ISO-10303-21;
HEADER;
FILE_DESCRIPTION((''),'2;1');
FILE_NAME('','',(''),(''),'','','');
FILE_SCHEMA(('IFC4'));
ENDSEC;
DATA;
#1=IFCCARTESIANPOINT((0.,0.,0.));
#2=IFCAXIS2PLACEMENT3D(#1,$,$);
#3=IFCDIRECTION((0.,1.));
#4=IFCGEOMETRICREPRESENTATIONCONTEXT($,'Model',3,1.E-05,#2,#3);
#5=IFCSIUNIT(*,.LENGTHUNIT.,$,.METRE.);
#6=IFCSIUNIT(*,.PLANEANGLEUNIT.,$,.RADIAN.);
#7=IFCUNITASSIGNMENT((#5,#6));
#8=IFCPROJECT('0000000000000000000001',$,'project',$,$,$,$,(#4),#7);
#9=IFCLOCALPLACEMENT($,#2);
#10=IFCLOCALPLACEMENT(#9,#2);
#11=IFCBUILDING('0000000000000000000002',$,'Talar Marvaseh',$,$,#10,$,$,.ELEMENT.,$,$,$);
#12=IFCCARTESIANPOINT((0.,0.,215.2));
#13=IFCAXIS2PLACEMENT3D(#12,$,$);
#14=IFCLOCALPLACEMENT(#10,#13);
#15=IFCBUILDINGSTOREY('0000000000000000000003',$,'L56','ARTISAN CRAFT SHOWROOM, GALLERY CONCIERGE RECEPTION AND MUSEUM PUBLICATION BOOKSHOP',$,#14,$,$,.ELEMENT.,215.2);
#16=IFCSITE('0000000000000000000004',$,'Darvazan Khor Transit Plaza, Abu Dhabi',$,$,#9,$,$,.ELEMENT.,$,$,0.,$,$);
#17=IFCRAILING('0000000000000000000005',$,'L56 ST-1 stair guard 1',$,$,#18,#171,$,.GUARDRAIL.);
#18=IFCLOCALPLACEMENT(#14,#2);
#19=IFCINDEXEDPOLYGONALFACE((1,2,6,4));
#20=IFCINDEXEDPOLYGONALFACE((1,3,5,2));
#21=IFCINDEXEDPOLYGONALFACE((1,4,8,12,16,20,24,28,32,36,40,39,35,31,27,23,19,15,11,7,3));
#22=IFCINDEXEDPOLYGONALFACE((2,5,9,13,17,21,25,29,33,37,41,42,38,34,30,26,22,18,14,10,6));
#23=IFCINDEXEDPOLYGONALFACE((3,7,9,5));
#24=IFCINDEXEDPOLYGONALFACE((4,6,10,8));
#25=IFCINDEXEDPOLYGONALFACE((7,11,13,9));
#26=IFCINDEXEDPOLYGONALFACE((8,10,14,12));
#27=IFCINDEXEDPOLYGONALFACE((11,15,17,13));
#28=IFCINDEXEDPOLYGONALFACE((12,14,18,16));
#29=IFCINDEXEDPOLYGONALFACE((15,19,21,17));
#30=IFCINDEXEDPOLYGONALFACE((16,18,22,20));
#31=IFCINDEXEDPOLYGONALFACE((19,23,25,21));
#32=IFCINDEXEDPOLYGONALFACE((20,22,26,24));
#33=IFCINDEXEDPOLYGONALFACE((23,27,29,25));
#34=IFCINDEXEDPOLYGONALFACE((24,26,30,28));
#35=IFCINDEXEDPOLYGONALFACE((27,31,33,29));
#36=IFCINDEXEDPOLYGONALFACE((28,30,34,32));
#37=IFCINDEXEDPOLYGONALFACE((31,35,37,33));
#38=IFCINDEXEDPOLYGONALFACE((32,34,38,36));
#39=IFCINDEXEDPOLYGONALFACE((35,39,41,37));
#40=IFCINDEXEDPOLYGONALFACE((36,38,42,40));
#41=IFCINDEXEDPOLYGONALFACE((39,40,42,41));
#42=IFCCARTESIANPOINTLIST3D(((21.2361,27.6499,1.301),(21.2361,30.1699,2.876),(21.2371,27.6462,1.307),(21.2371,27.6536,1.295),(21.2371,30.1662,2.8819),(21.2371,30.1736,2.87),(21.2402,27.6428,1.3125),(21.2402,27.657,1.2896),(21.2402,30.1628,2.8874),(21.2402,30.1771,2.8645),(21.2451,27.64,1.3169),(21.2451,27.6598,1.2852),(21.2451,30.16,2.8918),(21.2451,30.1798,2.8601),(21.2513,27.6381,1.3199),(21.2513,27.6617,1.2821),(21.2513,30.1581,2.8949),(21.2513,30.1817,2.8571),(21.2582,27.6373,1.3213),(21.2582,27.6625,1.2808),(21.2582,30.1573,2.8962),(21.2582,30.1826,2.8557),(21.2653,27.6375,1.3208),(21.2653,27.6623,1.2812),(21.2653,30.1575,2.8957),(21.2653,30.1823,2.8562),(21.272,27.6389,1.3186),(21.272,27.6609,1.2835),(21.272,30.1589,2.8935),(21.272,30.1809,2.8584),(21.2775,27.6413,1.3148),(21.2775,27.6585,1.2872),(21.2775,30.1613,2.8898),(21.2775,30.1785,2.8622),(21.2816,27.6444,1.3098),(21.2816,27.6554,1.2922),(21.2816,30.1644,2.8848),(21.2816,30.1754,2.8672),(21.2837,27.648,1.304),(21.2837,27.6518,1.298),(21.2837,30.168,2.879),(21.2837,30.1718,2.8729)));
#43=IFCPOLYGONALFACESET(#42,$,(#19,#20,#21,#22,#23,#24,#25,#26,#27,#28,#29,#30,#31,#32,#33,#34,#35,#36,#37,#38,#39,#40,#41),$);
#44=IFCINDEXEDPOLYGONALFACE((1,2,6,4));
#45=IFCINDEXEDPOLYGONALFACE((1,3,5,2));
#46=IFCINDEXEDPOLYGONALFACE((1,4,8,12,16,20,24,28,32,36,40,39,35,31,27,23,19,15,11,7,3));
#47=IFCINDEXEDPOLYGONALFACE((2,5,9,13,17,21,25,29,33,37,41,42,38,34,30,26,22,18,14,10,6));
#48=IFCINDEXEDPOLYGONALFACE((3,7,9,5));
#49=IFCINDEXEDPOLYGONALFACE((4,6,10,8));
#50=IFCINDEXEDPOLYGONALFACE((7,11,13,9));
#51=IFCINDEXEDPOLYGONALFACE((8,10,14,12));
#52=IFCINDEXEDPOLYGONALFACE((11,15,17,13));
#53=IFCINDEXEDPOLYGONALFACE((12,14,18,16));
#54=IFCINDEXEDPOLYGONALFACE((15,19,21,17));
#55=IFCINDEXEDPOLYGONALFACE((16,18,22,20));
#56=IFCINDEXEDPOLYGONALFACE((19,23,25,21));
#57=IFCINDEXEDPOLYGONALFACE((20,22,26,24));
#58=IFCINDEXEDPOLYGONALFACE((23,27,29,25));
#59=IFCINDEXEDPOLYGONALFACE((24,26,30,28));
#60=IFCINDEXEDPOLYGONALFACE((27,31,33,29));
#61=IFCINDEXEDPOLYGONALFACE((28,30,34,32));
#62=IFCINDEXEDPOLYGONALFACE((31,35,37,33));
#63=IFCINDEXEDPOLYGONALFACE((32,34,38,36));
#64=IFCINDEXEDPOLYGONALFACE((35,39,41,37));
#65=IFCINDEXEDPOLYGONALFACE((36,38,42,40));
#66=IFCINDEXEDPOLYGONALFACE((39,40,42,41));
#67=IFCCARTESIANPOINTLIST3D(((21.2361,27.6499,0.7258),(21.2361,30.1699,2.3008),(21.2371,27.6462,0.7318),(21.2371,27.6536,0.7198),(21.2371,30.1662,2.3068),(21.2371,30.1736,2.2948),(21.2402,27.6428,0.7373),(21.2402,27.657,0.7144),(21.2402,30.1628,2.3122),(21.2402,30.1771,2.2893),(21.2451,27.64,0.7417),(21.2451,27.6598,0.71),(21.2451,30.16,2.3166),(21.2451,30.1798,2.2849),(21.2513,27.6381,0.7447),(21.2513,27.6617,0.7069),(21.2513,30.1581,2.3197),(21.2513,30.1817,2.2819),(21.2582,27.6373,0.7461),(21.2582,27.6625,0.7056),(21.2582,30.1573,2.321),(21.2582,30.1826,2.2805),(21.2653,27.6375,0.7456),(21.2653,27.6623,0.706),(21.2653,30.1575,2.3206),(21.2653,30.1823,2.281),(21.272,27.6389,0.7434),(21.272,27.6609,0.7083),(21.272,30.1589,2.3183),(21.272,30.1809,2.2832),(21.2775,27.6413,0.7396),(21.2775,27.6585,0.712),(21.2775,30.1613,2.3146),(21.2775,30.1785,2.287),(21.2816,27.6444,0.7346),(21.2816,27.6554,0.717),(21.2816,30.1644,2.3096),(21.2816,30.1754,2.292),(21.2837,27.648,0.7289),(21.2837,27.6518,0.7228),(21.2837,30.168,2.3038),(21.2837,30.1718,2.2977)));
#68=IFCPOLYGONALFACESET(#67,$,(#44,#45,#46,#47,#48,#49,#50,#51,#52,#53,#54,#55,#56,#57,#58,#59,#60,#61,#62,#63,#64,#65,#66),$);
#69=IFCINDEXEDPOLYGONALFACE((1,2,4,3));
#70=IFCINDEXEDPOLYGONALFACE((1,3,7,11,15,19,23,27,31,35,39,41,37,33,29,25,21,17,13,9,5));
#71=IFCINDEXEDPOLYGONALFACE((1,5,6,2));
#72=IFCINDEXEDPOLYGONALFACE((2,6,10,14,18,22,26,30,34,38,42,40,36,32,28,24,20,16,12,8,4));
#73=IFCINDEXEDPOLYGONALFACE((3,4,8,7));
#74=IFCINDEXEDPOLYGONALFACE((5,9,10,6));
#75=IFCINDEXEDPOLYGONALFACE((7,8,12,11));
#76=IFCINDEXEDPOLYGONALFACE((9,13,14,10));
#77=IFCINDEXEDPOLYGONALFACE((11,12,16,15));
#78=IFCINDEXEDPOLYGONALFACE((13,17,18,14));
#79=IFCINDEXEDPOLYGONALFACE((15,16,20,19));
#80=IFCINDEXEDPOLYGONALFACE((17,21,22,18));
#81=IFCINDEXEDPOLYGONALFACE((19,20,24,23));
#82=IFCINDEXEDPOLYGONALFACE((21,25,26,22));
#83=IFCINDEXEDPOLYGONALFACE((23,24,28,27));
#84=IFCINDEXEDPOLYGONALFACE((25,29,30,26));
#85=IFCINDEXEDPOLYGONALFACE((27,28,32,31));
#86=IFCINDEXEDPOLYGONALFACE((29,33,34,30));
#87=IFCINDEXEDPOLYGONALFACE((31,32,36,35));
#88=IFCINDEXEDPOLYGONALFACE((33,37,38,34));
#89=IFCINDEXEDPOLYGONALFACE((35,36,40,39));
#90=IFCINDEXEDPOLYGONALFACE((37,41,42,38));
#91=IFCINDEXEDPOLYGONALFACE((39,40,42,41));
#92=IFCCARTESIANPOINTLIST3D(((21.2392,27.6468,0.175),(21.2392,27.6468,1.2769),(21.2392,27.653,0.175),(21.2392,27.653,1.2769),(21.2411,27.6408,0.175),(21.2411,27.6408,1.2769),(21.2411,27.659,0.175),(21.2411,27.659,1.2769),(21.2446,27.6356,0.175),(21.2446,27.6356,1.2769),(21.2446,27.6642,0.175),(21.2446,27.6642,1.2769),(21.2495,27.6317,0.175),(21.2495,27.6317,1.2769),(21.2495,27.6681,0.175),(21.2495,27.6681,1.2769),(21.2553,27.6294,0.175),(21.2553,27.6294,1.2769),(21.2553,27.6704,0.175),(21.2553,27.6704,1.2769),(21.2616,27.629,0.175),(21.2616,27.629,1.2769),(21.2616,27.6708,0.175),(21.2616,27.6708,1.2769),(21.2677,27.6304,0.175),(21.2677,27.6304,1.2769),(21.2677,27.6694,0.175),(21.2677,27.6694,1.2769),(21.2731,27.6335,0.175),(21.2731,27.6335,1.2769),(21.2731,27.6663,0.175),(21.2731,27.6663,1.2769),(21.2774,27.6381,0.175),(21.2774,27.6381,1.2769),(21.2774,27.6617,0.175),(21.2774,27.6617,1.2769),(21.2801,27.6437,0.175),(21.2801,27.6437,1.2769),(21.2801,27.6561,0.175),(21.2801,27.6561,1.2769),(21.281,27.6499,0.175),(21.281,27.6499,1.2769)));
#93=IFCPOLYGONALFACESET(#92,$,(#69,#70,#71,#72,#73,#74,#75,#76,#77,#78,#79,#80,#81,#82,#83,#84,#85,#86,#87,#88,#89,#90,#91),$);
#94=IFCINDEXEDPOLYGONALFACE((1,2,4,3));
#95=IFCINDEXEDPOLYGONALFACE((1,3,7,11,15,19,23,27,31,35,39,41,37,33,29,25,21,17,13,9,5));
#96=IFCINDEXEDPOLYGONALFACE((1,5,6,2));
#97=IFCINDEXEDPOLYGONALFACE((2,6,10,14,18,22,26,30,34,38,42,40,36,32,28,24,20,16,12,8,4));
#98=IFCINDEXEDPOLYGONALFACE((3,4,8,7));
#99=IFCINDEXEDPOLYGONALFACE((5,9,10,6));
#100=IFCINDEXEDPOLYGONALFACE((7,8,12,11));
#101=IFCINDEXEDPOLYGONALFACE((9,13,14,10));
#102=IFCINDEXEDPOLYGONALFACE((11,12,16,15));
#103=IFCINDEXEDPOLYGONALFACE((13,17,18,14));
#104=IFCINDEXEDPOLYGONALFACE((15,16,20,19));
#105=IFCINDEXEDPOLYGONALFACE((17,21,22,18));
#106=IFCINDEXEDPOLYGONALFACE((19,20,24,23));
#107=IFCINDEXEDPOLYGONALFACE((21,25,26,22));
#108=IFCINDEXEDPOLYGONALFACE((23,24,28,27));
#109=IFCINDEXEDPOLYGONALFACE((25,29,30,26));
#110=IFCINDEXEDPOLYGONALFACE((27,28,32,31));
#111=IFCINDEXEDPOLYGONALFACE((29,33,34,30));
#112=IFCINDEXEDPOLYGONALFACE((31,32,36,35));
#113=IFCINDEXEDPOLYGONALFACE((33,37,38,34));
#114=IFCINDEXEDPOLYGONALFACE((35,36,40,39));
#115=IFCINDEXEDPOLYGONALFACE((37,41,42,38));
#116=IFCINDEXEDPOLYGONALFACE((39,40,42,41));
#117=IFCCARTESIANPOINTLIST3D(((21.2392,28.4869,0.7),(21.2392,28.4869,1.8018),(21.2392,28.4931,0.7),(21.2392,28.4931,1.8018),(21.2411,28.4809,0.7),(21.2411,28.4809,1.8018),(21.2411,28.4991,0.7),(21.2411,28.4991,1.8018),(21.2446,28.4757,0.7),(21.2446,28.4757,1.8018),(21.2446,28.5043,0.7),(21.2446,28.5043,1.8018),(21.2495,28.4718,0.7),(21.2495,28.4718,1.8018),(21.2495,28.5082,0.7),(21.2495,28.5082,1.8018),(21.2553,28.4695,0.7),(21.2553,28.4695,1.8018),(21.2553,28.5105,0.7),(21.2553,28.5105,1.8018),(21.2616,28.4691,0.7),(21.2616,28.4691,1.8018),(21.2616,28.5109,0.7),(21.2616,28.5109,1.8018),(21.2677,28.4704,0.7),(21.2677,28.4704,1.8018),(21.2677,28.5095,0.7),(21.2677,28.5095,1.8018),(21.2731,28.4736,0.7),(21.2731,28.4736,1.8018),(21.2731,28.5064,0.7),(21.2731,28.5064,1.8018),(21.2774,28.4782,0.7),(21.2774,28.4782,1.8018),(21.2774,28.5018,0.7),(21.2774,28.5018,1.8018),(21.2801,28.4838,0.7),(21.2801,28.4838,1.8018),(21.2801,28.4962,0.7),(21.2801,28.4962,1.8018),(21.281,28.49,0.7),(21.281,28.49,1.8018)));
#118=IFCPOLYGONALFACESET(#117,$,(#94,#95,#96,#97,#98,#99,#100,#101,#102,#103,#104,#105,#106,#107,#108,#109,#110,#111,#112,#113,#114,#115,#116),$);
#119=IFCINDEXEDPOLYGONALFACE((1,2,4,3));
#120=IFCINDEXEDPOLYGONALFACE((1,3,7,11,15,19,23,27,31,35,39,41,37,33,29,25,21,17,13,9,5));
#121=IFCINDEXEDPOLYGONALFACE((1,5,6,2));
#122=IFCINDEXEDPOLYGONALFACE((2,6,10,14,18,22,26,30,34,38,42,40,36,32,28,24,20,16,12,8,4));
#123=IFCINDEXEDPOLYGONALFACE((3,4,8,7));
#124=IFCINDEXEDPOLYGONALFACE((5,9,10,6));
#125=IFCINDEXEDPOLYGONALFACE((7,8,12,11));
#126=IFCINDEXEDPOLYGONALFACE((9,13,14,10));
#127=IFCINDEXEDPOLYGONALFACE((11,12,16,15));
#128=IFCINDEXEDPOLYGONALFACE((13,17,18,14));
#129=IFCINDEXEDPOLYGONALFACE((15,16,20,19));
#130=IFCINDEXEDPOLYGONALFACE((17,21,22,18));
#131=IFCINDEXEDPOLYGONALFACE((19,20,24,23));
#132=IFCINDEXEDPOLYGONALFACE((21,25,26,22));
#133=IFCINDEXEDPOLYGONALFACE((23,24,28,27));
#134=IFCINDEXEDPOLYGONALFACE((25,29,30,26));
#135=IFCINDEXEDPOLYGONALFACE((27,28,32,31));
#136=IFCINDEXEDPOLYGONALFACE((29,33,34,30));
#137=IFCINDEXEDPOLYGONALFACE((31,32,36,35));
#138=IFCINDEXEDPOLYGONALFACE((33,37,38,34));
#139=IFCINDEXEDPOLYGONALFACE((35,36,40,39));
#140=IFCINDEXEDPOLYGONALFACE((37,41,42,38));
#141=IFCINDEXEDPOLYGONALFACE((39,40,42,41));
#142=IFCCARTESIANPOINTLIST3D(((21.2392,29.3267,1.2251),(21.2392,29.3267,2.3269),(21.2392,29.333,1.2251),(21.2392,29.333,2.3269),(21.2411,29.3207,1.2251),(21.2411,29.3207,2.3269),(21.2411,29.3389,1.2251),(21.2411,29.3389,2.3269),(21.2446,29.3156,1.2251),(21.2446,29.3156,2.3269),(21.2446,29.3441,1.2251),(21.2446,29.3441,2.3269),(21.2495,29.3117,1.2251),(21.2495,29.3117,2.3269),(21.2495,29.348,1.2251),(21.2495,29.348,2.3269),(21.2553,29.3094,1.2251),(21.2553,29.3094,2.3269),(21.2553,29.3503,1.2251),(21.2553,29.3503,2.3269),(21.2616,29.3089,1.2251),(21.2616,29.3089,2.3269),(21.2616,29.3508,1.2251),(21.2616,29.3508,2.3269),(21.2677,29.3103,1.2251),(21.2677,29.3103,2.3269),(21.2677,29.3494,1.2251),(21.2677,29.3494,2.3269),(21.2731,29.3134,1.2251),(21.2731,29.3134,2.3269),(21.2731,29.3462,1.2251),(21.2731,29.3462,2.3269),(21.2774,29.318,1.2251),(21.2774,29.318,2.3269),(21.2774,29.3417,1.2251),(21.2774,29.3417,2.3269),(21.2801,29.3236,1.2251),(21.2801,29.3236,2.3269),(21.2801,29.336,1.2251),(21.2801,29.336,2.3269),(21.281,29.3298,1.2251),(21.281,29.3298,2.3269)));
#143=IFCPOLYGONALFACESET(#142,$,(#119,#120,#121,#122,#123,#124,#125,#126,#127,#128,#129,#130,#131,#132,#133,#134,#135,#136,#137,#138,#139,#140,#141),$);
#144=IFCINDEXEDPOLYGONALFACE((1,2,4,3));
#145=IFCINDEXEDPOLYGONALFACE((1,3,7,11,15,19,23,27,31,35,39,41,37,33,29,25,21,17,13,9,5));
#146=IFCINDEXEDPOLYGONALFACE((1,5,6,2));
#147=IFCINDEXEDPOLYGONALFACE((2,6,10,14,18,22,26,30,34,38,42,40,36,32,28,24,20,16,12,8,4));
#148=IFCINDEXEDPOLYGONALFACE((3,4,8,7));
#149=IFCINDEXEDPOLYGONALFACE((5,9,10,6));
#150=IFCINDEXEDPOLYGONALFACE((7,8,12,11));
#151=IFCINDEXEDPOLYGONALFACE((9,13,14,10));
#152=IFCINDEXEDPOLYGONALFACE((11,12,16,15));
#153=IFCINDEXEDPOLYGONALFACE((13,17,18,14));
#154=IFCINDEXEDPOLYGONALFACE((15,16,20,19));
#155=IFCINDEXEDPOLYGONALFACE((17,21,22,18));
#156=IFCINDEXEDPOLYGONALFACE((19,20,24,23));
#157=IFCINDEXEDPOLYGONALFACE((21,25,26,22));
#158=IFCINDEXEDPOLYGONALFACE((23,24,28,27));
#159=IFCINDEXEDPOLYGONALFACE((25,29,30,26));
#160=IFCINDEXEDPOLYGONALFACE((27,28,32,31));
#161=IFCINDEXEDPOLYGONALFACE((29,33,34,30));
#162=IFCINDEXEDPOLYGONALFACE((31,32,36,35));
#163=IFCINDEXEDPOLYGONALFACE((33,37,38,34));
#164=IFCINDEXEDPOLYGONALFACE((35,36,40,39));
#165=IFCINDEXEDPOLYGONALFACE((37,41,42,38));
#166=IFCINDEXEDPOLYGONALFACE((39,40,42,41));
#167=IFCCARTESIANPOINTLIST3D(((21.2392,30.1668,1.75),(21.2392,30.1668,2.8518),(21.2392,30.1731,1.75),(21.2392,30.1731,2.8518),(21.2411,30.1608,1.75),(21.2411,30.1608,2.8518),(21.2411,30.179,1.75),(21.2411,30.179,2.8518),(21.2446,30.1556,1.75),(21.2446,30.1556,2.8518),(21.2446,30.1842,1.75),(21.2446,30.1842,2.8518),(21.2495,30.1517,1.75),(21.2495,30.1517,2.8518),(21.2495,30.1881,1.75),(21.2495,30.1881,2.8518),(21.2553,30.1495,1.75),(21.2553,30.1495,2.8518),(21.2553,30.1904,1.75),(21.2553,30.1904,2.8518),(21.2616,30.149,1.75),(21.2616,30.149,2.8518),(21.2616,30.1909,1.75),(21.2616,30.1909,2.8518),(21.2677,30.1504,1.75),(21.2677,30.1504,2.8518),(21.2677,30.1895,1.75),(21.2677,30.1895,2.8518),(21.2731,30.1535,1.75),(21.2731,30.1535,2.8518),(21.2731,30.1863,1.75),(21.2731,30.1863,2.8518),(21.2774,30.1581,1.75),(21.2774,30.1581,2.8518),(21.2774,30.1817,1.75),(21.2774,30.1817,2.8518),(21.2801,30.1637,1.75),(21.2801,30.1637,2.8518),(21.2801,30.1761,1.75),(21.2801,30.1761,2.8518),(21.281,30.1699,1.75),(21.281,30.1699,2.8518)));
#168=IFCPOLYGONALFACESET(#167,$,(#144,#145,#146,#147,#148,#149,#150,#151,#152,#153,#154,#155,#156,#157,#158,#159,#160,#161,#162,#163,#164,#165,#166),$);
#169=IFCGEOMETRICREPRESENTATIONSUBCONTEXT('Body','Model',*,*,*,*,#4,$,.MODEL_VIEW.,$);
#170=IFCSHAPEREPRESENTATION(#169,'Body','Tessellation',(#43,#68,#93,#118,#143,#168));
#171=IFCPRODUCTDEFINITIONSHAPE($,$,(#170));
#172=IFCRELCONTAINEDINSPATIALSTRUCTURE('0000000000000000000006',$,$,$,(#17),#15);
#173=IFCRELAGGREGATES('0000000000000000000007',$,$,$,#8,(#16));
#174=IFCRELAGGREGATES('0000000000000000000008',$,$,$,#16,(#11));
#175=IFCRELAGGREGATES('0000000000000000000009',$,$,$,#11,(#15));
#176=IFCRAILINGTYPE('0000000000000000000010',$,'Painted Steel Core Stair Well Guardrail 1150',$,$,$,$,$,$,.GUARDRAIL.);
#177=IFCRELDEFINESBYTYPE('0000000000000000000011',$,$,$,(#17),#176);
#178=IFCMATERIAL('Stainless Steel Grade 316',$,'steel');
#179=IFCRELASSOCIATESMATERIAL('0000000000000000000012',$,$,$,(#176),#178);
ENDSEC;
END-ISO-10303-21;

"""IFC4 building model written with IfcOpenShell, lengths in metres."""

from ifc_helpers import new_model, si_unit, direction, frame, origin, origin_2d, place, context, subcontext, project, spatial, circle, extrude, material, type_object, element, save


model = new_model("IFC4")

# Units and contexts
model_context = context("Model", 3, precision=1e-05, world=origin(), true_north=direction((0.0, 1.0)))
body_context = subcontext(model_context, "Body", "Model", "MODEL_VIEW")
ifc_project = project(units=[si_unit("LENGTHUNIT", "METRE"), si_unit("PLANEANGLEUNIT", "RADIAN")], contexts=[model_context])

# Site, building, storey
site_placement = place(None, origin())
site = spatial("IfcSite", under=ifc_project, at=site_placement, Name="Darvazan Khor Transit Plaza, Abu Dhabi", CompositionType="ELEMENT", RefElevation=0.0)
building_placement = place(site_placement, origin())
building = spatial("IfcBuilding", under=site, at=building_placement, Name="Talar Marvaseh", CompositionType="ELEMENT")
storey_placement = place(building_placement, frame((0.0, 0.0, 215.2)))
storey = spatial("IfcBuildingStorey", under=building, at=storey_placement, Name="L56", Description="ARTISAN CRAFT SHOWROOM, GALLERY CONCIERGE RECEPTION AND MUSEUM PUBLICATION BOOKSHOP", CompositionType="ELEMENT", Elevation=215.2)

# Railing
ifc_material_1 = material(Name="Stainless Steel Grade 316", Category="steel")
railing_type_1 = type_object("IfcRailingType", Name="Painted Steel Core Stair Well Guardrail 1150", PredefinedType="GUARDRAIL", material=ifc_material_1)
railing_1_placement = place(storey_placement, frame((21.26, 27.6499, 0.175)))
element("IfcRailing", 1, at=railing_1_placement, inside=storey, type_object=railing_type_1, Name="L56 ST-1 stair guard 1", PredefinedType="GUARDRAIL", context=body_context, shape_type="SweptSolid", body=[
    extrude(circle(Radius=0.0239, at=origin_2d()), frame((0.0, 0.0, 1.126), z_axis=(0.0, 0.848008, 0.529984), x_axis=(-1.0, 0.0, 0.0)), (0.0, 0.0, 1.0), 2.9717),
    extrude(circle(Radius=0.0239, at=origin_2d()), frame((0.0, 0.0, 0.5508), z_axis=(0.0, 0.848008, 0.529984), x_axis=(-1.0, 0.0, 0.0)), (0.0, 0.0, 1.0), 2.9717),
    extrude(circle(Radius=0.021, at=origin_2d()), origin(), (0.0, 0.0, 1.0), 1.1018),
    extrude(circle(Radius=0.021, at=origin_2d()), frame((0.0, 0.8401, 0.5249)), (0.0, 0.0, 1.0), 1.1018),
    extrude(circle(Radius=0.021, at=origin_2d()), frame((0.0, 1.6799, 1.05)), (0.0, 0.0, 1.0), 1.1018),
    extrude(circle(Radius=0.021, at=origin_2d()), frame((0.0, 2.52, 1.575)), (0.0, 0.0, 1.0), 1.1018),
])

save(model, "model.ifc")
